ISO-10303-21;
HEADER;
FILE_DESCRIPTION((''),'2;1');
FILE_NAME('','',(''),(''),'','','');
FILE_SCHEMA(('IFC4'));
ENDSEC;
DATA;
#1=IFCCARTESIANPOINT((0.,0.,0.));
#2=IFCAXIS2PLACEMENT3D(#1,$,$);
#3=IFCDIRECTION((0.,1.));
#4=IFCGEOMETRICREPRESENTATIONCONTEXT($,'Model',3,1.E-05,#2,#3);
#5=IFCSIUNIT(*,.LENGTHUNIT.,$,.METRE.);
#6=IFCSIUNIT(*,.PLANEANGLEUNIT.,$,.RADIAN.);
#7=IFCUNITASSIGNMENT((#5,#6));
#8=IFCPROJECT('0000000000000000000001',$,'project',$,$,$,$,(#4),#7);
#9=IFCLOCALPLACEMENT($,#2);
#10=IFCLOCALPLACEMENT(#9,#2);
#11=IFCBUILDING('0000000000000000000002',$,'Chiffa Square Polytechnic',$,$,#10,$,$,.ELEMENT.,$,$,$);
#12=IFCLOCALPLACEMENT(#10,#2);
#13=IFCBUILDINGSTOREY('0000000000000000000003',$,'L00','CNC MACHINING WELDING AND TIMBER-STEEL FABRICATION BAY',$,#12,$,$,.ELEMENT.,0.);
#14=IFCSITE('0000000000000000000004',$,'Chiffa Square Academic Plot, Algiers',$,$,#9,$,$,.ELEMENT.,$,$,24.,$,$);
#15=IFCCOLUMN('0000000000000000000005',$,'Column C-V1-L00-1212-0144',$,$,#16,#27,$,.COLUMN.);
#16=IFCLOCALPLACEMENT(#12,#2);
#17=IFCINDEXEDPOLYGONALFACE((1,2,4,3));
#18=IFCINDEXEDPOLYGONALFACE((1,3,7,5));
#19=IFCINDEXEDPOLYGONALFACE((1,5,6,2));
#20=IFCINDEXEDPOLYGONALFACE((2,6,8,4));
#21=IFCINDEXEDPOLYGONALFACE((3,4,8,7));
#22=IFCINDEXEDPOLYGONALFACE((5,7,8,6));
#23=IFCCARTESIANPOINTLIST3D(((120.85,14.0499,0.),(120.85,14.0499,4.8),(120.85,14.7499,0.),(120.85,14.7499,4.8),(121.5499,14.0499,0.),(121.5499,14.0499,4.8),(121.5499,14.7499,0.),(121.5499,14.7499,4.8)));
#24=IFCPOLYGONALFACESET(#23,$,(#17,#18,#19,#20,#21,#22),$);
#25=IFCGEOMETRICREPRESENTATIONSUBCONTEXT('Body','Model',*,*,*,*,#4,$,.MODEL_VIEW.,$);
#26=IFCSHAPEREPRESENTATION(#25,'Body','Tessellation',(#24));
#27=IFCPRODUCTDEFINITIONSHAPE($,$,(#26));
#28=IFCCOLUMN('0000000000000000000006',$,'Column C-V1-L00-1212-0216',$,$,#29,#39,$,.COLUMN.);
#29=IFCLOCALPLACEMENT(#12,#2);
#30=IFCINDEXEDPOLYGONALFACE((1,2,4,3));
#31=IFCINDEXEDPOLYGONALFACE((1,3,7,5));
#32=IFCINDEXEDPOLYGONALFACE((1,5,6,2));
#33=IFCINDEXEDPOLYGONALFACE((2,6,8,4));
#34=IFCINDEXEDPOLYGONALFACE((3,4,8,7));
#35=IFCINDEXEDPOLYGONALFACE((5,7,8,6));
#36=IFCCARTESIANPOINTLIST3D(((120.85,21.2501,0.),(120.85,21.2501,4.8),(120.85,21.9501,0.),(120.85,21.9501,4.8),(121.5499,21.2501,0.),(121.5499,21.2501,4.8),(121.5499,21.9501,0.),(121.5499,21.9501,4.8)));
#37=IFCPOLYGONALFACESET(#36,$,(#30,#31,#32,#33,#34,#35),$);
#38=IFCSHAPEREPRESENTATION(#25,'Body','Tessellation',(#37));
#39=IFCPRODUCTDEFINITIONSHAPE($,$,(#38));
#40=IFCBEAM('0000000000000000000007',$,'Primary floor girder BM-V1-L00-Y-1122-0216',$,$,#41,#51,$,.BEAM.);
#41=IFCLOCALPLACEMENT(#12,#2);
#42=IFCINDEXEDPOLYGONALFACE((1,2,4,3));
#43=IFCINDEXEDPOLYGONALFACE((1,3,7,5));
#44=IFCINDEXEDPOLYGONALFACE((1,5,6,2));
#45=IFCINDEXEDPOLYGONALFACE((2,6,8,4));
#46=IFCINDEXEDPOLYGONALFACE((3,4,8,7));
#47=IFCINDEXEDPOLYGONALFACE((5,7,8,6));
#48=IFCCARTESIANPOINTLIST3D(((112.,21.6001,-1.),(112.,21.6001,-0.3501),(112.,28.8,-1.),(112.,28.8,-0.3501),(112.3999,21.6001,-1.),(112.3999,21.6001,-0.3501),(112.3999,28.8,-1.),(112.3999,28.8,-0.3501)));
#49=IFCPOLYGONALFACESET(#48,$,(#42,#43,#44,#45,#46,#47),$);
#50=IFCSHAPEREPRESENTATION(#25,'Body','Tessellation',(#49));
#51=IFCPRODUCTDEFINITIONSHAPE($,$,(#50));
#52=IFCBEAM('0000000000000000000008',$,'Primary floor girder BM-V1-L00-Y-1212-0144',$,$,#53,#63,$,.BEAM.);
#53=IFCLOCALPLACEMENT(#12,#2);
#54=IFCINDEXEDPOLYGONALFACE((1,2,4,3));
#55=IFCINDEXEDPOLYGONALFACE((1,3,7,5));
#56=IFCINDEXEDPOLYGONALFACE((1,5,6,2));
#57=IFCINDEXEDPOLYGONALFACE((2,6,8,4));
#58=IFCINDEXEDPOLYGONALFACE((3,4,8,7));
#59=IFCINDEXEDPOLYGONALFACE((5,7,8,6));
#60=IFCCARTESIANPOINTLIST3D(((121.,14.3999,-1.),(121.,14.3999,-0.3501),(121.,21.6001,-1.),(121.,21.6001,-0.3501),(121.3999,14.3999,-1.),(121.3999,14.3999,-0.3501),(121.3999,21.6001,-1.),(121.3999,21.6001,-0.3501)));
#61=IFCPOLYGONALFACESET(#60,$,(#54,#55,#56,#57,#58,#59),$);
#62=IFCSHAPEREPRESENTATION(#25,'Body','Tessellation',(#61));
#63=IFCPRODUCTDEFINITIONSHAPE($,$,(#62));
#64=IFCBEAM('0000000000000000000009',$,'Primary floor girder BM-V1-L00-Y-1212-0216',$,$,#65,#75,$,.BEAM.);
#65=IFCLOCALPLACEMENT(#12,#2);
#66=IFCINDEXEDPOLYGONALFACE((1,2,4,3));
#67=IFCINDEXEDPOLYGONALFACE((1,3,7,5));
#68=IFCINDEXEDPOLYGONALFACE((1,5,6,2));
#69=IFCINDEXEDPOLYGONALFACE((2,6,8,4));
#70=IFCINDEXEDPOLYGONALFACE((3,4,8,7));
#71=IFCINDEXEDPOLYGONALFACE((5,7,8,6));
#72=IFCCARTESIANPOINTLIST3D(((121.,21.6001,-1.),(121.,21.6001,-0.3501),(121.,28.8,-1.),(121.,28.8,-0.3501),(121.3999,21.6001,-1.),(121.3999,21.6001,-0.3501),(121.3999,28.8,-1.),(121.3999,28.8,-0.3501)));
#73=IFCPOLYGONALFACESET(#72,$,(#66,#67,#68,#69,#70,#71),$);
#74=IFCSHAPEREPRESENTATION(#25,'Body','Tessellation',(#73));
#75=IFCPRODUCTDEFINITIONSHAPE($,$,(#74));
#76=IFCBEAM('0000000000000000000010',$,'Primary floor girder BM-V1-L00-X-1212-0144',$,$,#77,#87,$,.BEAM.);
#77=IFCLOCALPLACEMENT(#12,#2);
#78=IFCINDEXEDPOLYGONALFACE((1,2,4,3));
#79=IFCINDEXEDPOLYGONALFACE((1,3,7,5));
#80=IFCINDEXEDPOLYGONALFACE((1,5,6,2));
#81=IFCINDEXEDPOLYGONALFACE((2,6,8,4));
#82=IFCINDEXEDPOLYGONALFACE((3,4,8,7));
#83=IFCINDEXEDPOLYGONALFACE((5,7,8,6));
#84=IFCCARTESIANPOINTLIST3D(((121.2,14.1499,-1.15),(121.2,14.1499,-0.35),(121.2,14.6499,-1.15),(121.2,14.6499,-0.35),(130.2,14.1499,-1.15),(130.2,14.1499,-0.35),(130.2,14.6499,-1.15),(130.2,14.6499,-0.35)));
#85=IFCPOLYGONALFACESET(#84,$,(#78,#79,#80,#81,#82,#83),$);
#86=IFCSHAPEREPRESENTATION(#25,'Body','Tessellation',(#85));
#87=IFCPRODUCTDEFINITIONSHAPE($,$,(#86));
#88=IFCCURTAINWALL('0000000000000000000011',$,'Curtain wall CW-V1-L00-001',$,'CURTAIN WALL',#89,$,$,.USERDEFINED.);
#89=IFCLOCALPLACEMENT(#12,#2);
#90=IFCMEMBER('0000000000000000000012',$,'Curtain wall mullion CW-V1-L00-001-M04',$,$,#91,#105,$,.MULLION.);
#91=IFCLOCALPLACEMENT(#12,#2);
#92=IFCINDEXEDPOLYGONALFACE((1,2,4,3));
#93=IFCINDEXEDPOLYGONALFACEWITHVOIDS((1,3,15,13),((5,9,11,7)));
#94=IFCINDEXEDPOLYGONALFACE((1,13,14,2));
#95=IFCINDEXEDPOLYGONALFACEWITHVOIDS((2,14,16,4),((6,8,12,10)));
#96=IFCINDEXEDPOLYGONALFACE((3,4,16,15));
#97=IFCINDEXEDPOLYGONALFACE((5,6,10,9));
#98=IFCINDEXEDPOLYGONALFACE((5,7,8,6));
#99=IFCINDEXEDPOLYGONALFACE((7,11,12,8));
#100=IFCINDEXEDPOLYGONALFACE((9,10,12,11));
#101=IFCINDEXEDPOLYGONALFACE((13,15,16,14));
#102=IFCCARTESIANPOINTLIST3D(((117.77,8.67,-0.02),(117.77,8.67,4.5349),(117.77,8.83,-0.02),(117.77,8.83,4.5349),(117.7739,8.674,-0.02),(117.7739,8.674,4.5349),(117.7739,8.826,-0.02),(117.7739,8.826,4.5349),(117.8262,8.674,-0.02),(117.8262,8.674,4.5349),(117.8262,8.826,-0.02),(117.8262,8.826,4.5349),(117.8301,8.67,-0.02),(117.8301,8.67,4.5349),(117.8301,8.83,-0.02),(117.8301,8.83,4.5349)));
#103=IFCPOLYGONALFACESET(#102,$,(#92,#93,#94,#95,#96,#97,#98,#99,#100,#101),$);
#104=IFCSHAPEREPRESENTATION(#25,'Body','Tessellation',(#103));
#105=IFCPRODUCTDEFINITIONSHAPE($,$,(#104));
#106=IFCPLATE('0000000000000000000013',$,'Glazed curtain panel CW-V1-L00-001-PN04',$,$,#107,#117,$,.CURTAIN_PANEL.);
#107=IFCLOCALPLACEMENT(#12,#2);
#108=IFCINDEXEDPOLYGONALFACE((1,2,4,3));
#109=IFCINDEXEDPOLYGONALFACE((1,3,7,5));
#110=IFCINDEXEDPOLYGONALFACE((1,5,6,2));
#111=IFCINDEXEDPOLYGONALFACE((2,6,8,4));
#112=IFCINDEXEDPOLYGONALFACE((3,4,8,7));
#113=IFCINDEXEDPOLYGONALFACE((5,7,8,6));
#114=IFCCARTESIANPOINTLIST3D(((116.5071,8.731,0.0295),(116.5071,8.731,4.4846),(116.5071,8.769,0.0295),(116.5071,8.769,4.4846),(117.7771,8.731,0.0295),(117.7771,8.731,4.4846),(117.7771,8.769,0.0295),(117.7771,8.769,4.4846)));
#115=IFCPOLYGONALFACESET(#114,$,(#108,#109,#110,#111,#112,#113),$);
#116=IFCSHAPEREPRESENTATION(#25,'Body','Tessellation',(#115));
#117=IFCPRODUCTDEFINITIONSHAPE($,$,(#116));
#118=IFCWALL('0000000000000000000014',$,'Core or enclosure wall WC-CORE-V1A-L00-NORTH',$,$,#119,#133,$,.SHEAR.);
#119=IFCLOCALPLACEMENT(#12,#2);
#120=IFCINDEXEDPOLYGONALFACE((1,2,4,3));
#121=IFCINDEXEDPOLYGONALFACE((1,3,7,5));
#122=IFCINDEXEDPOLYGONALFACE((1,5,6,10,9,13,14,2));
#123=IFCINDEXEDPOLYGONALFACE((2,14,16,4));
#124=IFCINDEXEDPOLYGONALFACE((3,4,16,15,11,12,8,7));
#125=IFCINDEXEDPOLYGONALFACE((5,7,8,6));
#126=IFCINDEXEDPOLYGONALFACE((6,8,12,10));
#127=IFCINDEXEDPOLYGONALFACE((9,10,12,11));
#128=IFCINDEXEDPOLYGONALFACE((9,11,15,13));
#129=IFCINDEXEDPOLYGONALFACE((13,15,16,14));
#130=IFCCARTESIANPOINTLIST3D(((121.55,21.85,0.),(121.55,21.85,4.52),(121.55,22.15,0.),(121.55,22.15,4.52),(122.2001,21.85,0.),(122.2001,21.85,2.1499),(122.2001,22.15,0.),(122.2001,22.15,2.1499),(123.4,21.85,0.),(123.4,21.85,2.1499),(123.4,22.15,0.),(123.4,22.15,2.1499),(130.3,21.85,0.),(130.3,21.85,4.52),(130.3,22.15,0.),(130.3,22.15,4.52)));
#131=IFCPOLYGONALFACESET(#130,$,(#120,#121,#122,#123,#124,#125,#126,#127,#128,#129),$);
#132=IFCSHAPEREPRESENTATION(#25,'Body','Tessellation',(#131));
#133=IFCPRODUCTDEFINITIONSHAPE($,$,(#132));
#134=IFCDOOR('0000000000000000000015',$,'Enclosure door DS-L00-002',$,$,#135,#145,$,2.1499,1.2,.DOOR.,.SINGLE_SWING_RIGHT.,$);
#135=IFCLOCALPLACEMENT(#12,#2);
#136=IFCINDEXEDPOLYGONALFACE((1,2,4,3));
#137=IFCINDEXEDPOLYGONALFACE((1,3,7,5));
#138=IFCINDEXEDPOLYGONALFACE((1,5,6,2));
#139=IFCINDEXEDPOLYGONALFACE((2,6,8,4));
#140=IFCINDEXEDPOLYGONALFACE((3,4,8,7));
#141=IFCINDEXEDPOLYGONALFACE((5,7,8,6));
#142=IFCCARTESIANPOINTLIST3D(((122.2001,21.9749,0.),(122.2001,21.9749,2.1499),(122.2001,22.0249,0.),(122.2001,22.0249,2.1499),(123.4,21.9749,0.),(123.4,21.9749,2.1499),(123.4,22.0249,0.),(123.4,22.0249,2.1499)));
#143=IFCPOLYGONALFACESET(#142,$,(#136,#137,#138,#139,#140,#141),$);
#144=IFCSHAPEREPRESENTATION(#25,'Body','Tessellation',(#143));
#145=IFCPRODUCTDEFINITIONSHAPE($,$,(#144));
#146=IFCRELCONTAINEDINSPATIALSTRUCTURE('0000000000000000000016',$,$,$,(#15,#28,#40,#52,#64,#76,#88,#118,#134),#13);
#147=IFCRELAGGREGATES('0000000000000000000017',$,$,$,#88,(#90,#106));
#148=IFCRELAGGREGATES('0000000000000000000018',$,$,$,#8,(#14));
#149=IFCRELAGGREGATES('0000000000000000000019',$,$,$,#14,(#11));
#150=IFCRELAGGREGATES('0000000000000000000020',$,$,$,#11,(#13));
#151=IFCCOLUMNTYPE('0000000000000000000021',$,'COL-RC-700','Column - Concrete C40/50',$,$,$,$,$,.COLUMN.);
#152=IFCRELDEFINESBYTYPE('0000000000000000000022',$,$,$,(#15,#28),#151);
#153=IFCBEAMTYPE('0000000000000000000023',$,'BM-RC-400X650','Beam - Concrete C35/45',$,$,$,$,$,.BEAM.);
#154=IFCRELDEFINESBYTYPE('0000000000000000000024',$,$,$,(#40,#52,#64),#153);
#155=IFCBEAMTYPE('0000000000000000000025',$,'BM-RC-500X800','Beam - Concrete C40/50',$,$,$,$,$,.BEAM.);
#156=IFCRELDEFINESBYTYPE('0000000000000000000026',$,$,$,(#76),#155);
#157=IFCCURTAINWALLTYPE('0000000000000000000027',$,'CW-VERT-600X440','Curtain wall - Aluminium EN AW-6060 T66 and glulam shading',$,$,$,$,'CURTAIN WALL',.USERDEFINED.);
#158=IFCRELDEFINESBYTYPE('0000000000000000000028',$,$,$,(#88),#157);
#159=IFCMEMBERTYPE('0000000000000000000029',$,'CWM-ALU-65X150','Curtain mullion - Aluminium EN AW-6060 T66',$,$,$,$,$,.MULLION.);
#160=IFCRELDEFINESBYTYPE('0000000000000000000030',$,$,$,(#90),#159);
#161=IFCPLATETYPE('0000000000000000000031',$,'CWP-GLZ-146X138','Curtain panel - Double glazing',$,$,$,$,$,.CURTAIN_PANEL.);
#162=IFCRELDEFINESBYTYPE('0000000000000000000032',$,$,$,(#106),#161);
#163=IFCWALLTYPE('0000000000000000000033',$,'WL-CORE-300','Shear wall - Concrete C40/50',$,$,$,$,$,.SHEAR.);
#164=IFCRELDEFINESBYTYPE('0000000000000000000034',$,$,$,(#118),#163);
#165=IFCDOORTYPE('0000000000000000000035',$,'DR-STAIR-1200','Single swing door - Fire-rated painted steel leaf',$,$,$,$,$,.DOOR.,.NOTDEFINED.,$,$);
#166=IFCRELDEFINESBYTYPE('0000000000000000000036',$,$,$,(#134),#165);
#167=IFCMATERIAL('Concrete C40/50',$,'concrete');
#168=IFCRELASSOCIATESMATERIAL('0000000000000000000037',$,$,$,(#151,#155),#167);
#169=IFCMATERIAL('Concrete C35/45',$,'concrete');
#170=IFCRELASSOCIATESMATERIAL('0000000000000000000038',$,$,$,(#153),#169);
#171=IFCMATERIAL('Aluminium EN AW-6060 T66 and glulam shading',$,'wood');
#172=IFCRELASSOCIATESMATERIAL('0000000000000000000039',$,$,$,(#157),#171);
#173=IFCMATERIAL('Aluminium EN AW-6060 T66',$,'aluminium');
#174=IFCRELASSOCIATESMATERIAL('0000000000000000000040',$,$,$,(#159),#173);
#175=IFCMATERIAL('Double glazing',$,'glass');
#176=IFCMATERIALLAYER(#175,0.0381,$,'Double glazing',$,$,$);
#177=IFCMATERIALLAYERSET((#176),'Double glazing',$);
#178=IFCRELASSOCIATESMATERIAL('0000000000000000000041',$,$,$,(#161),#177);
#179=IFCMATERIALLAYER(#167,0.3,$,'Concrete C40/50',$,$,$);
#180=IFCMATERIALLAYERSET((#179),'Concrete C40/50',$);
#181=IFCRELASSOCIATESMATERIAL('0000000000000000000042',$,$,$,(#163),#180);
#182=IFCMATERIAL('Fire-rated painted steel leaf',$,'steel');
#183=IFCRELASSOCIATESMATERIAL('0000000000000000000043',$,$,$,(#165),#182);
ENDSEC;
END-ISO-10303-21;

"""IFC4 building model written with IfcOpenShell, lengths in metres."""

from ifc_helpers import new_model, si_unit, direction, frame, frame_2d, origin, origin_2d, place, context, subcontext, project, spatial, rectangle, hollow_rectangle, extrude, material, layer, layer_set, material_profile, profile_set, type_object, element, fill, aggregate, save


model = new_model("IFC4")

# Units and contexts
model_context = context("Model", 3, precision=1e-05, world=origin(), true_north=direction((0.0, 1.0)))
body_context = subcontext(model_context, "Body", "Model", "MODEL_VIEW")
ifc_project = project(units=[si_unit("LENGTHUNIT", "METRE"), si_unit("PLANEANGLEUNIT", "RADIAN")], contexts=[model_context])

# Site, building, storey
site_placement = place(None, origin())
site = spatial("IfcSite", under=ifc_project, at=site_placement, Name="Chiffa Square Academic Plot, Algiers", CompositionType="ELEMENT", RefElevation=24.0)
building_placement = place(site_placement, origin())
building = spatial("IfcBuilding", under=site, at=building_placement, Name="Chiffa Square Polytechnic", CompositionType="ELEMENT")
storey_placement = place(building_placement, origin())
storey = spatial("IfcBuildingStorey", under=building, at=storey_placement, Name="L00", Description="CNC MACHINING WELDING AND TIMBER-STEEL FABRICATION BAY", CompositionType="ELEMENT", Elevation=0.0)

# Columns
ifc_material_1 = material(Name="Concrete C40/50", Category="concrete")
ifc_material_profile_1 = material_profile(ifc_material_1, rectangle(XDim=0.7, YDim=0.7, at=origin_2d()), Name="RC 700x700")
ifc_profile_set_1 = profile_set([ifc_material_profile_1], Name="Concrete C40/50")
column_type = type_object("IfcColumnType", Name="COL-RC-700", Description="Column - Concrete C40/50", PredefinedType="COLUMN", material=ifc_profile_set_1)
for number, where, z_axis, x_axis, name in (
    (1, (121.2, 14.3999, 0.0), (0.0, 0.0, 1.0), (1.0, 0.0, 0.0), "Column C-V1-L00-1212-0144"),
    (2, (121.2, 21.6001, 0.0), (0.0, 0.0, 1.0), (1.0, 0.0, 0.0), "Column C-V1-L00-1212-0216"),
):
    element("IfcColumn", number, at=place(storey_placement, frame(where, z_axis=z_axis, x_axis=x_axis)), inside=storey, type_object=column_type, Name=name, PredefinedType="COLUMN", context=body_context, shape_type="SweptSolid", body=[
        extrude(rectangle(XDim=0.7, YDim=0.7, at=origin_2d()), origin(), (0.0, 0.0, 1.0), 4.8),
    ])

# Beams
ifc_material_2 = material(Name="Concrete C35/45", Category="concrete")
ifc_material_profile_2 = material_profile(ifc_material_2, rectangle(XDim=0.3999, YDim=0.6499, at=origin_2d()), Name="RC 400x650")
ifc_profile_set_2 = profile_set([ifc_material_profile_2], Name="Concrete C35/45")
beam_type_1 = type_object("IfcBeamType", Name="BM-RC-400X650", Description="Beam - Concrete C35/45", PredefinedType="BEAM", material=ifc_profile_set_2)
beam_1_placement = place(storey_placement, frame((112.2, 21.6001, -0.675), z_axis=(0.0, 1.0, 0.0), x_axis=(-1.0, 0.0, 0.0)))
element("IfcBeam", 3, at=beam_1_placement, inside=storey, type_object=beam_type_1, Name="Primary floor girder BM-V1-L00-Y-1122-0216", PredefinedType="BEAM", context=body_context, shape_type="SweptSolid", body=[
    extrude(rectangle(XDim=0.3999, YDim=0.6499, at=origin_2d()), origin(), (0.0, 0.0, 1.0), 7.2),
])
beam_2_placement = place(storey_placement, frame((121.2, 14.3999, -0.675), z_axis=(0.0, 1.0, 0.0), x_axis=(-1.0, 0.0, 0.0)))
element("IfcBeam", 4, at=beam_2_placement, inside=storey, type_object=beam_type_1, Name="Primary floor girder BM-V1-L00-Y-1212-0144", PredefinedType="BEAM", context=body_context, shape_type="SweptSolid", body=[
    extrude(rectangle(XDim=0.3999, YDim=0.6499, at=origin_2d()), origin(), (0.0, 0.0, 1.0), 7.2002),
])
beam_3_placement = place(storey_placement, frame((121.2, 21.6001, -0.675), z_axis=(0.0, 1.0, 0.0), x_axis=(-1.0, 0.0, 0.0)))
element("IfcBeam", 5, at=beam_3_placement, inside=storey, type_object=beam_type_1, Name="Primary floor girder BM-V1-L00-Y-1212-0216", PredefinedType="BEAM", context=body_context, shape_type="SweptSolid", body=[
    extrude(rectangle(XDim=0.3999, YDim=0.6499, at=origin_2d()), origin(), (0.0, 0.0, 1.0), 7.2),
])
ifc_material_profile_3 = material_profile(ifc_material_1, rectangle(XDim=0.5, YDim=0.8, at=origin_2d()), Name="RC 500x800")
ifc_profile_set_3 = profile_set([ifc_material_profile_3], Name="Concrete C40/50")
beam_type_2 = type_object("IfcBeamType", Name="BM-RC-500X800", Description="Beam - Concrete C40/50", PredefinedType="BEAM", material=ifc_profile_set_3)
beam_4_placement = place(storey_placement, frame((121.2, 14.3999, -0.75), z_axis=(1.0, 0.0, 0.0), x_axis=(0.0, 1.0, 0.0)))
element("IfcBeam", 6, at=beam_4_placement, inside=storey, type_object=beam_type_2, Name="Primary floor girder BM-V1-L00-X-1212-0144", PredefinedType="BEAM", context=body_context, shape_type="SweptSolid", body=[
    extrude(rectangle(XDim=0.5, YDim=0.8, at=origin_2d()), origin(), (0.0, 0.0, 1.0), 9.0),
])

# Curtain wall, member, plate
ifc_material_3 = material(Name="Aluminium EN AW-6060 T66 and glulam shading", Category="wood")
curtain_wall_type = type_object("IfcCurtainWallType", Name="CW-VERT-600X440", Description="Curtain wall - Aluminium EN AW-6060 T66 and glulam shading", ElementType="CURTAIN WALL", PredefinedType="USERDEFINED", material=ifc_material_3)
curtain_wall_placement = place(storey_placement, origin())
curtain_wall = element("IfcCurtainWall", 7, at=curtain_wall_placement, inside=storey, type_object=curtain_wall_type, Name="Curtain wall CW-V1-L00-001", ObjectType="CURTAIN WALL", PredefinedType="USERDEFINED")
ifc_material_4 = material(Name="Aluminium EN AW-6060 T66", Category="aluminium")
ifc_material_profile_4 = material_profile(ifc_material_4, hollow_rectangle(XDim=0.0601, YDim=0.1599, WallThickness=0.0039, at=origin_2d()), Name="ALU 60x160x4")
ifc_profile_set_4 = profile_set([ifc_material_profile_4], Name="Aluminium EN AW-6060 T66")
member_type = type_object("IfcMemberType", Name="CWM-ALU-65X150", Description="Curtain mullion - Aluminium EN AW-6060 T66", PredefinedType="MULLION", material=ifc_profile_set_4)
member_placement = place(storey_placement, frame((117.8, 8.75, -0.02), z_axis=(0.0, 0.0, 1.0), x_axis=(1.0, 0.0, 0.0)))
member = element("IfcMember", 8, at=member_placement, type_object=member_type, Name="Curtain wall mullion CW-V1-L00-001-M04", PredefinedType="MULLION", context=body_context, shape_type="SweptSolid", body=[
    extrude(hollow_rectangle(XDim=0.0601, YDim=0.1599, WallThickness=0.0039, at=origin_2d()), origin(), (0.0, 0.0, 1.0), 4.5549),
])
ifc_material_5 = material(Name="Double glazing", Category="glass")
ifc_layer_1 = layer(ifc_material_5, 0.0381, Name="Double glazing")
ifc_layer_set_1 = layer_set([ifc_layer_1], Name="Double glazing")
plate_type = type_object("IfcPlateType", Name="CWP-GLZ-146X138", Description="Curtain panel - Double glazing", PredefinedType="CURTAIN_PANEL", material=ifc_layer_set_1)
plate_placement = place(storey_placement, frame((117.1421, 8.75, 0.0295), z_axis=(0.0, 0.0, 1.0), x_axis=(1.0, 0.0, 0.0)))
plate = element("IfcPlate", 9, at=plate_placement, type_object=plate_type, Name="Glazed curtain panel CW-V1-L00-001-PN04", PredefinedType="CURTAIN_PANEL", context=body_context, shape_type="SweptSolid", body=[
    extrude(rectangle(XDim=1.27, YDim=0.0381, at=origin_2d()), origin(), (0.0, 0.0, 1.0), 4.4551),
])
aggregate(curtain_wall, [member, plate])

# Wall, opening, door
ifc_layer_2 = layer(ifc_material_1, 0.3, Name="Concrete C40/50")
ifc_layer_set_2 = layer_set([ifc_layer_2], Name="Concrete C40/50")
wall_type_1 = type_object("IfcWallType", Name="WL-CORE-300", Description="Shear wall - Concrete C40/50", PredefinedType="SHEAR", material=ifc_layer_set_2)
wall_1_placement = place(storey_placement, frame((121.55, 22.0, 0.0), z_axis=(0.0, 0.0, 1.0), x_axis=(1.0, 0.0, 0.0)))
wall_1 = element("IfcWall", 10, at=wall_1_placement, inside=storey, type_object=wall_type_1, Name="Core or enclosure wall WC-CORE-V1A-L00-NORTH", PredefinedType="SHEAR", context=body_context, shape_type="SweptSolid", body=[
    extrude(rectangle(XDim=8.75, YDim=0.3, at=frame_2d((4.375, 0.0))), origin(), (0.0, 0.0, 1.0), 4.52),
])
opening_1_placement = place(wall_1_placement, frame((0.6499, 0.0, 0.0)))
opening_1 = element("IfcOpeningElement", 11, at=opening_1_placement, cuts=wall_1, PredefinedType="OPENING", context=body_context, shape_type="SweptSolid", body=[
    extrude(rectangle(XDim=1.2, YDim=2.1499, at=frame_2d((0.6001, 1.075))), frame((0.0, 0.1602, 0.0), z_axis=(0.0, -1.0, 0.0), x_axis=(1.0, 0.0, 0.0)), (0.0, 0.0, 1.0), 0.3201),
])
ifc_material_6 = material(Name="Fire-rated painted steel leaf", Category="steel")
door_type_1 = type_object("IfcDoorType", Name="DR-STAIR-1200", Description="Single swing door - Fire-rated painted steel leaf", OperationType="NOTDEFINED", PredefinedType="DOOR", material=ifc_material_6)
door_1_placement = place(opening_1_placement, origin())
door_1 = element("IfcDoor", 12, at=door_1_placement, inside=storey, type_object=door_type_1, Name="Enclosure door DS-L00-002", OperationType="SINGLE_SWING_RIGHT", OverallHeight=2.1499, OverallWidth=1.2, PredefinedType="DOOR", context=body_context, shape_type="SweptSolid", body=[
    extrude(rectangle(XDim=1.2, YDim=2.1499, at=frame_2d((0.6001, 1.075))), frame((0.0, 0.0249, 0.0), z_axis=(0.0, -1.0, 0.0), x_axis=(1.0, 0.0, 0.0)), (0.0, 0.0, 1.0), 0.05),
])
fill(opening_1, door_1)

save(model, "model.ifc")
